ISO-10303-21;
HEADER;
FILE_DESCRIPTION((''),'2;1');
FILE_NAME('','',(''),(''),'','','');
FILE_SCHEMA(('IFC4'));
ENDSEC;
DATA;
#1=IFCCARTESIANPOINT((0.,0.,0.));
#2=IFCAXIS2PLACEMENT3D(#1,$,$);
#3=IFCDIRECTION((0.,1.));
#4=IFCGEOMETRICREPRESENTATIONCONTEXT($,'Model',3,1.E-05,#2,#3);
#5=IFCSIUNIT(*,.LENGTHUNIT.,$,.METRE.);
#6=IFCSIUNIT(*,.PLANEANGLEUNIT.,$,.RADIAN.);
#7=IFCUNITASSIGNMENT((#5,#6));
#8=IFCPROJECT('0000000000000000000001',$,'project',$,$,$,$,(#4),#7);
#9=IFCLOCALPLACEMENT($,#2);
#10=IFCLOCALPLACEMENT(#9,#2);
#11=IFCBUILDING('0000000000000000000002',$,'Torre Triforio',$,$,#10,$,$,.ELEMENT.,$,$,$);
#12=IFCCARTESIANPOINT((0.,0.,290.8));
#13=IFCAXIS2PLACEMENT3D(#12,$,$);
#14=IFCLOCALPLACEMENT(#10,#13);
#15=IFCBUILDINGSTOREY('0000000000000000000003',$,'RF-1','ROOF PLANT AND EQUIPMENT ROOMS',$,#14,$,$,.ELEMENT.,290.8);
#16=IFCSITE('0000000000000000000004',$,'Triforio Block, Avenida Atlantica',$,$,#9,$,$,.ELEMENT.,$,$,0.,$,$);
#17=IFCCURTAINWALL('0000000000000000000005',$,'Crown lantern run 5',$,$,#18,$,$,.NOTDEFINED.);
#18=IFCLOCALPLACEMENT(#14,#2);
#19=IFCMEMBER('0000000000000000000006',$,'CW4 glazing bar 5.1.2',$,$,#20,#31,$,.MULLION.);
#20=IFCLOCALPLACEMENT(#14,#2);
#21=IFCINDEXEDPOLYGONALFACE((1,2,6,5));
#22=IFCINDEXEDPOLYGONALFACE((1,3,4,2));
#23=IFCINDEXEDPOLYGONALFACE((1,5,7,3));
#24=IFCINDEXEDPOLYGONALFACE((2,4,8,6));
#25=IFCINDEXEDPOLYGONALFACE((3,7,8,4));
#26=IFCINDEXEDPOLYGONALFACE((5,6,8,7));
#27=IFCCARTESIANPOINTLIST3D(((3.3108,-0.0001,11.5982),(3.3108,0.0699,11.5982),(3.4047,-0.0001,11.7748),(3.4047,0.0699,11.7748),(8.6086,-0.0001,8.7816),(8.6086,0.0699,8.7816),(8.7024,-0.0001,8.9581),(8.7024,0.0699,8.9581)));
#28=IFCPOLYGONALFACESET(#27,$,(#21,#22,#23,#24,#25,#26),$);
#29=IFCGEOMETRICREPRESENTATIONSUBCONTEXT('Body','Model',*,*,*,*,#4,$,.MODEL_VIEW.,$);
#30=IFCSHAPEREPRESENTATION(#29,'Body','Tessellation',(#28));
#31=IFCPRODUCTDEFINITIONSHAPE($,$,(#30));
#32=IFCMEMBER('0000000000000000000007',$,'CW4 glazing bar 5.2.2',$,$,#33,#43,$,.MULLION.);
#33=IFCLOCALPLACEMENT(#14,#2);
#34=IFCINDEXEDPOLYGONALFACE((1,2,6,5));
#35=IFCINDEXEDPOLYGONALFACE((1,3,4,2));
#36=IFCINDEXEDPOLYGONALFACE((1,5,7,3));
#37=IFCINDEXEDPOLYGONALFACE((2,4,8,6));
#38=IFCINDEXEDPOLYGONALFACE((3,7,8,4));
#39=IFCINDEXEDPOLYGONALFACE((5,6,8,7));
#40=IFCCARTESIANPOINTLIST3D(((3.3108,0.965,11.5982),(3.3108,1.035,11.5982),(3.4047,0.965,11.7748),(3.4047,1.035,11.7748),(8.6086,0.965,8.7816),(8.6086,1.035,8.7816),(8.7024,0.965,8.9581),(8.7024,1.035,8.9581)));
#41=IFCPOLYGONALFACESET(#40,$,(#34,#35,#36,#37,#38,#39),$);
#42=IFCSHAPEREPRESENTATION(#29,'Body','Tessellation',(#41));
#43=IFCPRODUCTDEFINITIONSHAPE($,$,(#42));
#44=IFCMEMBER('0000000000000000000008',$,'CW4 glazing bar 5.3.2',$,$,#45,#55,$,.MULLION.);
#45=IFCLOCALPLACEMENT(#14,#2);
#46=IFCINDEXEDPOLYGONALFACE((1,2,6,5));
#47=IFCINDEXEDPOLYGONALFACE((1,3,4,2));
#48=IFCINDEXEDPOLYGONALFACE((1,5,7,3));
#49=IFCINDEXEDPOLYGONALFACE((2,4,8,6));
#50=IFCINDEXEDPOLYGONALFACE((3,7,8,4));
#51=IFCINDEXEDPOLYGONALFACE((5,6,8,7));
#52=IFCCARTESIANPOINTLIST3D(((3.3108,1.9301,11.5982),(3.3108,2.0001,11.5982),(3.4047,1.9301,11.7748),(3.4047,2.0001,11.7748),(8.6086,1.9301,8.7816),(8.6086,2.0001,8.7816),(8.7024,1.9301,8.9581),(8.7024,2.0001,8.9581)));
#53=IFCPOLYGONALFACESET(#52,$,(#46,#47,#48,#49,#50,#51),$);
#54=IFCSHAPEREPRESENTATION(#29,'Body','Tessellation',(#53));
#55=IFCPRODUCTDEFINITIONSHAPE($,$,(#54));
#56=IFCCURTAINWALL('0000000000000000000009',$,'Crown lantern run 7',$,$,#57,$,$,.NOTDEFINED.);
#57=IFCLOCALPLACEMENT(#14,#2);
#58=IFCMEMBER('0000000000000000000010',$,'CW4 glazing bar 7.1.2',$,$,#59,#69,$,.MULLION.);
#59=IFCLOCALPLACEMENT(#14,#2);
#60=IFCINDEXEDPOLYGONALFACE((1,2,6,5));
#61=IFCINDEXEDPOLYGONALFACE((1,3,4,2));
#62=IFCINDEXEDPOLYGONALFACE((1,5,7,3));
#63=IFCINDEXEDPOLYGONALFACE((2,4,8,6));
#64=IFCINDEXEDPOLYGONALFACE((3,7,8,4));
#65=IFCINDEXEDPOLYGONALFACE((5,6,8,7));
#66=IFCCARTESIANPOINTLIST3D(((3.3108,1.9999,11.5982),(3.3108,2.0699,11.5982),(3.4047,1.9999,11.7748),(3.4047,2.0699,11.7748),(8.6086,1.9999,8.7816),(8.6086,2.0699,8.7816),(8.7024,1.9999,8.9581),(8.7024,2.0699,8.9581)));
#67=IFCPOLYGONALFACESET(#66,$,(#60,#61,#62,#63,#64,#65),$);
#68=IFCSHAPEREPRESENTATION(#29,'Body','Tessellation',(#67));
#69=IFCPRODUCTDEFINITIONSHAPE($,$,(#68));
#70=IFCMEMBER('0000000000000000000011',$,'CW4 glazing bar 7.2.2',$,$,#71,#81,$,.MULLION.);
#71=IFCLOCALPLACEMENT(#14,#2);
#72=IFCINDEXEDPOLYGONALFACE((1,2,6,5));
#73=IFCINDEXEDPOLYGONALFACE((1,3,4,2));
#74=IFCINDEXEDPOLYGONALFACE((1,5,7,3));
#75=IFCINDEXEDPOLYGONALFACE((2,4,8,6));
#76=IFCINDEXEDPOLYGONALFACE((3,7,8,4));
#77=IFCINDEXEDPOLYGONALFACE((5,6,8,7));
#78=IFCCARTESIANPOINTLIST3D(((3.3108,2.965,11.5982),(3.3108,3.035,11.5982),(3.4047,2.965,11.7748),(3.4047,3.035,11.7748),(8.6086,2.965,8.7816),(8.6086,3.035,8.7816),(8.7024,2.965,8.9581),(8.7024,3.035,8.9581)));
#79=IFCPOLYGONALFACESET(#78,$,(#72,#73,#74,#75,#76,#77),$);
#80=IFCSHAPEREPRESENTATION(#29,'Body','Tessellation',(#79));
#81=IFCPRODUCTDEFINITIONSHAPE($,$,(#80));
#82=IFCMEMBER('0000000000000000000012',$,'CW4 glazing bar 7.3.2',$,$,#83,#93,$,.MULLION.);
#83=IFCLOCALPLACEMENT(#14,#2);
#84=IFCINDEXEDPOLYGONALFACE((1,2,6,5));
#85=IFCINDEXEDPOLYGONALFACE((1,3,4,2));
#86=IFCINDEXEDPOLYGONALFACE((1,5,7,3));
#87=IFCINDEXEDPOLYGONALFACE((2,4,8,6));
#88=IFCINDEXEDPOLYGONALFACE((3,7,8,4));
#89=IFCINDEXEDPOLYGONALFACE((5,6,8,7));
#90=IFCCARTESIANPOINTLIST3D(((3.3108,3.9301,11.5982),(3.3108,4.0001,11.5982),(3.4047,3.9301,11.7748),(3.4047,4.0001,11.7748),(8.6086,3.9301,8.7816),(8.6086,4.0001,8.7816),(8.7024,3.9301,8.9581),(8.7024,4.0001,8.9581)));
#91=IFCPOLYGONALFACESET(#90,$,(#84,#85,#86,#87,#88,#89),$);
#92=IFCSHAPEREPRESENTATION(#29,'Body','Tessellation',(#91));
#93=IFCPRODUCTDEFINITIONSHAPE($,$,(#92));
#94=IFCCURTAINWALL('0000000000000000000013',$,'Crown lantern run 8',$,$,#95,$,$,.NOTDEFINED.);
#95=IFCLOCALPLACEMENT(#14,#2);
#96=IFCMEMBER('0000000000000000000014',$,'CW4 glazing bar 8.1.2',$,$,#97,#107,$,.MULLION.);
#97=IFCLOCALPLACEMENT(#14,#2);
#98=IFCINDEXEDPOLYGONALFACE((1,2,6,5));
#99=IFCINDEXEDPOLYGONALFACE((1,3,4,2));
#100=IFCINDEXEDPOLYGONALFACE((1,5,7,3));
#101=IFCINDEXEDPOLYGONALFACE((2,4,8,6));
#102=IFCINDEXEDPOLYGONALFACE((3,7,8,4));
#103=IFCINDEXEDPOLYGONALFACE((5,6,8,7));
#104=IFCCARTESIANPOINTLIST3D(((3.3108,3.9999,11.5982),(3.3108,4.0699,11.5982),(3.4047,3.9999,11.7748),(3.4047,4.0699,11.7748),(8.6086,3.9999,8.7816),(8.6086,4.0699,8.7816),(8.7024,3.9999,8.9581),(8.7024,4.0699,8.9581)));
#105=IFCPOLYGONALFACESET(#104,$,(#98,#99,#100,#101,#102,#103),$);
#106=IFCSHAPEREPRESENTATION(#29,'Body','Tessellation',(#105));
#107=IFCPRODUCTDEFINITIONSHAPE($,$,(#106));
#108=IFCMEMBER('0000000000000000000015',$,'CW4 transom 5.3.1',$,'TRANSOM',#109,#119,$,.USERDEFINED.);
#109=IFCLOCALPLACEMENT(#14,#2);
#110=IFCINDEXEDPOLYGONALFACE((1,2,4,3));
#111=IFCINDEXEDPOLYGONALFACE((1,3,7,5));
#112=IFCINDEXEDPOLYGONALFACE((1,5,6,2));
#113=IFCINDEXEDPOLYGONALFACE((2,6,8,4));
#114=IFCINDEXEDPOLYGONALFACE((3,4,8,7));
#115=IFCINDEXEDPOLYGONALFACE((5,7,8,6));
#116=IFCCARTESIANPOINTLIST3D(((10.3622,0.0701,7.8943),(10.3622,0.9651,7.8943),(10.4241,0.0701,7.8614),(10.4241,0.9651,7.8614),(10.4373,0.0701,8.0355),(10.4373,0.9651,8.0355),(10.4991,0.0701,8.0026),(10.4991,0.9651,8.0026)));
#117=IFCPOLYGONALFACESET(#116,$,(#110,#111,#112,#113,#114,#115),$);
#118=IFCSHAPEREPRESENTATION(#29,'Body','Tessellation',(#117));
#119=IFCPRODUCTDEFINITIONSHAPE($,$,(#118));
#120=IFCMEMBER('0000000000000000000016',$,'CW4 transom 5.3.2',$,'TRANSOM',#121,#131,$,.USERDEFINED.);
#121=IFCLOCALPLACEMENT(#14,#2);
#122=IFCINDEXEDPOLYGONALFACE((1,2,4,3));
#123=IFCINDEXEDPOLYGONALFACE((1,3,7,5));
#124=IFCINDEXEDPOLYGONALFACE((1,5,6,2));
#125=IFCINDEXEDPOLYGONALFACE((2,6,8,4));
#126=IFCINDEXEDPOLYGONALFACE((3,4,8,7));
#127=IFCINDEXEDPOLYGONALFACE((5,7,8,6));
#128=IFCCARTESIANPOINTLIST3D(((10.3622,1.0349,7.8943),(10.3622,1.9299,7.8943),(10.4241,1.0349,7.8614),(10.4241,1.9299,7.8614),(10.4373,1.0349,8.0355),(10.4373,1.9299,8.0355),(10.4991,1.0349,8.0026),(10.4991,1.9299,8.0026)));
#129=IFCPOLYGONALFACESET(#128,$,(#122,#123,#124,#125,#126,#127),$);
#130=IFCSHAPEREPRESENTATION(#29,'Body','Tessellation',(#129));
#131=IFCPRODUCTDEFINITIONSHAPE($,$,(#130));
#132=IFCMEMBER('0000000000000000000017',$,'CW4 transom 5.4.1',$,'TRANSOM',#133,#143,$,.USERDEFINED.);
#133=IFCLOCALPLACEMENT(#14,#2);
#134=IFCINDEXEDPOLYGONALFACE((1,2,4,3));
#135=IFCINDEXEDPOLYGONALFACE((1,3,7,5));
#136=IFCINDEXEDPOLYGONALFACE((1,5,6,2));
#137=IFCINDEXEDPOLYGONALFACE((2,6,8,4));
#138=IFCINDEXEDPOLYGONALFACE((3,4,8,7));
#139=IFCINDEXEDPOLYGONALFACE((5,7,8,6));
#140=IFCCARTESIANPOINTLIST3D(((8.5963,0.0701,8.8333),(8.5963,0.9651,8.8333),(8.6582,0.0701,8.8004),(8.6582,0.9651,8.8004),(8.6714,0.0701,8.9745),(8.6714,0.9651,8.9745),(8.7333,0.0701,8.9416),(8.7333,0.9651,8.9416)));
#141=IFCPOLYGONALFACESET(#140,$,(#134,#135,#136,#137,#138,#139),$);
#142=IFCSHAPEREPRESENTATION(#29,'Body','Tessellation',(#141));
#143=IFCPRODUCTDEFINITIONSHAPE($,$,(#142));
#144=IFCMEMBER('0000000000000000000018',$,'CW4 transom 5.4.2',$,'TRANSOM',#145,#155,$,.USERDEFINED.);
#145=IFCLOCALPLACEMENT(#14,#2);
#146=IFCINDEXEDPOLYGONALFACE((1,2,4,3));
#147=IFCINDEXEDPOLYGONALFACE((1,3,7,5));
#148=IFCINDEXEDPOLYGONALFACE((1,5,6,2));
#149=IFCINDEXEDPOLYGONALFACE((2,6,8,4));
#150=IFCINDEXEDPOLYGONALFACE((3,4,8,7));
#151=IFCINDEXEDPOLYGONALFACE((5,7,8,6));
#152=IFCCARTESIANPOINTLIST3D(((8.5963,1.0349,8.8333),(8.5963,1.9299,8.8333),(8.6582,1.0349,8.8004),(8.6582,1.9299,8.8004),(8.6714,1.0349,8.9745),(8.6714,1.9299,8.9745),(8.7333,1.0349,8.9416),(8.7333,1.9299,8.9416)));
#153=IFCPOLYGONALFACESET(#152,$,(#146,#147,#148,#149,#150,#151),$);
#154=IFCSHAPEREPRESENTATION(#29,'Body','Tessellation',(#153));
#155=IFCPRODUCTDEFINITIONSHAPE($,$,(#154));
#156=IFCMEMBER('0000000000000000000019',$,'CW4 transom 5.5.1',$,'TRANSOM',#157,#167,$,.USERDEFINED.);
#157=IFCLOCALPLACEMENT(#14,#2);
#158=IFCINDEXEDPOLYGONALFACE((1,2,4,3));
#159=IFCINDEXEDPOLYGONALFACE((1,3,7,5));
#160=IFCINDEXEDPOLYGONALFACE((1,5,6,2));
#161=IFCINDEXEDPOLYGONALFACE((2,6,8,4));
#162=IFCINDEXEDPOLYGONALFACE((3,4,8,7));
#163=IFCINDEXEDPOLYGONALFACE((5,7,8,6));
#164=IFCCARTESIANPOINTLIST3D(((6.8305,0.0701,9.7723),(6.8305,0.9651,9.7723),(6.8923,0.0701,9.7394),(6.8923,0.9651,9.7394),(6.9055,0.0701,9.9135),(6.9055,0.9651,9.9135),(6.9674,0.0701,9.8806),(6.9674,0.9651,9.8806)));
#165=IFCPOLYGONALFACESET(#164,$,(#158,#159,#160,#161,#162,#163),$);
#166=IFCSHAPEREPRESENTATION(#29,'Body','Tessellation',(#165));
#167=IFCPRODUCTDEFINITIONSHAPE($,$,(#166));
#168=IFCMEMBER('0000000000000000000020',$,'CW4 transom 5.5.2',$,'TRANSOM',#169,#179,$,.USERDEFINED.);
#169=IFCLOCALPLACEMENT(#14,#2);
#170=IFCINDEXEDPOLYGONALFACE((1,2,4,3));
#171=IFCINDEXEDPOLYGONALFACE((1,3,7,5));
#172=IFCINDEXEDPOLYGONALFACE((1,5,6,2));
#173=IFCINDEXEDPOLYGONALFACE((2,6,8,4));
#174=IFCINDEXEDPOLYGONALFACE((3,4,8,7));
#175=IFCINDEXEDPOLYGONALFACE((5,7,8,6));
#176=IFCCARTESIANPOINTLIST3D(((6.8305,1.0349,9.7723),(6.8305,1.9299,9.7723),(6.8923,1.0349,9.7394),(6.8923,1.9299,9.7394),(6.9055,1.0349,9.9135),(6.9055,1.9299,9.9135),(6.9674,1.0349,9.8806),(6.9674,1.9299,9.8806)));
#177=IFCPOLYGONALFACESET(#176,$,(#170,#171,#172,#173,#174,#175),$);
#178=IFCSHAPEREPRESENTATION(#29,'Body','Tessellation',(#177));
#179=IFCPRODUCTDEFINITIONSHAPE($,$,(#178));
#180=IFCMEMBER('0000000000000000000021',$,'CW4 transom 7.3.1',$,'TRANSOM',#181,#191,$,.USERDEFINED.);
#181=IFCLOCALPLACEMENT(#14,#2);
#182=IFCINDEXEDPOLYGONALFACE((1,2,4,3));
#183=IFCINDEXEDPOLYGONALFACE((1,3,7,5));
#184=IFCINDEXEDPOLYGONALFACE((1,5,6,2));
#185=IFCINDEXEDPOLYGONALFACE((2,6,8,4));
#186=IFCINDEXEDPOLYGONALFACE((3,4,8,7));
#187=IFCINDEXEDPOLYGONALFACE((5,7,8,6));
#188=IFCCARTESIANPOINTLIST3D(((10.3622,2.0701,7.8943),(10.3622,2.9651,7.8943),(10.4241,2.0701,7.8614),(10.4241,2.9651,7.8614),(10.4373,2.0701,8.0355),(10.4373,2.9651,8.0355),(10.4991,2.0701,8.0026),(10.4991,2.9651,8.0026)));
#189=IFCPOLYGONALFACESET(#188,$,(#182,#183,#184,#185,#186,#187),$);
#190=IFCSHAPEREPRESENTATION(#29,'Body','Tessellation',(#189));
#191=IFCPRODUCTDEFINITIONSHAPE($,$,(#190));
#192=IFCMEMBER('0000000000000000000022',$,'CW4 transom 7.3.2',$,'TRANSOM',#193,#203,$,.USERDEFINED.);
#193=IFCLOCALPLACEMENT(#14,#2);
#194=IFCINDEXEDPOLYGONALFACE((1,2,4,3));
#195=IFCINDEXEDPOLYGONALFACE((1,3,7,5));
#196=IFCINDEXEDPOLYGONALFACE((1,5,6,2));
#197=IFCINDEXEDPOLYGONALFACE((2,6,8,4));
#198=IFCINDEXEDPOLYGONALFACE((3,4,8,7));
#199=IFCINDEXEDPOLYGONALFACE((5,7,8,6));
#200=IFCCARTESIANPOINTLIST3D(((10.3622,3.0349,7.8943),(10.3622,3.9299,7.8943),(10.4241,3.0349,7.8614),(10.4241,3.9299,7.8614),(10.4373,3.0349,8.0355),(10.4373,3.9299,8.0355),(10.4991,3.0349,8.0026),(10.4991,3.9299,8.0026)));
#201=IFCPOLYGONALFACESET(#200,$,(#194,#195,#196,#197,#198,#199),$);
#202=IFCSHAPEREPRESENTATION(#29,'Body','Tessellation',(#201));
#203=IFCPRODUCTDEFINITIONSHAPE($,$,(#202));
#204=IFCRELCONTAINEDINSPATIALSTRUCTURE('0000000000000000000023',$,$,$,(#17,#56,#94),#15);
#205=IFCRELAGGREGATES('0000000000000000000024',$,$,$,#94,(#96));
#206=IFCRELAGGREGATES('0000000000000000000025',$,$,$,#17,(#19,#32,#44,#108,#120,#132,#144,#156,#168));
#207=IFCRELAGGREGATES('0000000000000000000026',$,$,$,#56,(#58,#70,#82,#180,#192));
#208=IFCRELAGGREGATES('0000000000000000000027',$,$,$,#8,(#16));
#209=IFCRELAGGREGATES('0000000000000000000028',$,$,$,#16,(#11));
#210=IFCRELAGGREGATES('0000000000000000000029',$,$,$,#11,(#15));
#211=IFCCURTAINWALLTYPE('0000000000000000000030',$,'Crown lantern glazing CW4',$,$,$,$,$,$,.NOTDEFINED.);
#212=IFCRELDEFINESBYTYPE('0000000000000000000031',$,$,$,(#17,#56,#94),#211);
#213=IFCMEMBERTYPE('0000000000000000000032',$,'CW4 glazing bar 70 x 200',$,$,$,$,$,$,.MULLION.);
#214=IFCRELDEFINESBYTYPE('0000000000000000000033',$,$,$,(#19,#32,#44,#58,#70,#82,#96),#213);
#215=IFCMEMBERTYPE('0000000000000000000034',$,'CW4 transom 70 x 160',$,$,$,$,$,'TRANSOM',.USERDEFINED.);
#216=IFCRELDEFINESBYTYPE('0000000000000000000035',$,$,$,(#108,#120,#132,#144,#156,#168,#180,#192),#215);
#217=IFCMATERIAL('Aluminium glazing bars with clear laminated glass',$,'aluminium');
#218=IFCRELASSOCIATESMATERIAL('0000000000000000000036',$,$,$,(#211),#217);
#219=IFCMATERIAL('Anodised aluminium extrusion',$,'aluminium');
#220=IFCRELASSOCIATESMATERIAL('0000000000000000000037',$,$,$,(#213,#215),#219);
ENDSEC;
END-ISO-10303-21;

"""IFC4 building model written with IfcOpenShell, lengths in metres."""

from ifc_helpers import new_model, si_unit, direction, frame, origin, origin_2d, place, context, subcontext, project, spatial, rectangle, extrude, material, material_profile, profile_set, type_object, element, aggregate, save


model = new_model("IFC4")

# Units and contexts
model_context = context("Model", 3, precision=1e-05, world=origin(), true_north=direction((0.0, 1.0)))
body_context = subcontext(model_context, "Body", "Model", "MODEL_VIEW")
ifc_project = project(units=[si_unit("LENGTHUNIT", "METRE"), si_unit("PLANEANGLEUNIT", "RADIAN")], contexts=[model_context])

# Site, building, storey
site_placement = place(None, origin())
site = spatial("IfcSite", under=ifc_project, at=site_placement, Name="Triforio Block, Avenida Atlantica", CompositionType="ELEMENT", RefElevation=0.0)
building_placement = place(site_placement, origin())
building = spatial("IfcBuilding", under=site, at=building_placement, Name="Torre Triforio", CompositionType="ELEMENT")
storey_placement = place(building_placement, frame((0.0, 0.0, 290.8)))
storey = spatial("IfcBuildingStorey", under=building, at=storey_placement, Name="RF-1", Description="ROOF PLANT AND EQUIPMENT ROOMS", CompositionType="ELEMENT", Elevation=290.8)

# Curtain walls, members
ifc_material_1 = material(Name="Aluminium glazing bars with clear laminated glass", Category="aluminium")
curtain_wall_type = type_object("IfcCurtainWallType", Name="Crown lantern glazing CW4", PredefinedType="NOTDEFINED", material=ifc_material_1)
curtain_wall_1_placement = place(storey_placement, origin())
curtain_wall_1 = element("IfcCurtainWall", 1, at=curtain_wall_1_placement, inside=storey, type_object=curtain_wall_type, Name="Crown lantern run 5", PredefinedType="NOTDEFINED")
ifc_material_2 = material(Name="Anodised aluminium extrusion", Category="aluminium")
ifc_material_profile_1 = material_profile(ifc_material_2, rectangle(XDim=0.0701, YDim=0.2, at=origin_2d()), Name="CW4 MULLION 70x200")
ifc_profile_set_1 = profile_set([ifc_material_profile_1], Name="Anodised aluminium extrusion")
member_type_1 = type_object("IfcMemberType", Name="CW4 glazing bar 70 x 200", PredefinedType="MULLION", material=ifc_profile_set_1)
member_1_placement = place(storey_placement, frame((8.6555, 0.0349, 8.8699), z_axis=(-0.882966, 0.0, 0.469437), x_axis=(0.0, -1.0, 0.0)))
member_1 = element("IfcMember", 2, at=member_1_placement, type_object=member_type_1, Name="CW4 glazing bar 5.1.2", PredefinedType="MULLION", context=body_context, shape_type="SweptSolid", body=[
    extrude(rectangle(XDim=0.0701, YDim=0.2, at=origin_2d()), origin(), (0.0, 0.0, 1.0), 6.0),
])
member_2_placement = place(storey_placement, frame((8.6555, 1.0, 8.8699), z_axis=(-0.882966, 0.0, 0.469437), x_axis=(0.0, -1.0, 0.0)))
member_2 = element("IfcMember", 3, at=member_2_placement, type_object=member_type_1, Name="CW4 glazing bar 5.2.2", PredefinedType="MULLION", context=body_context, shape_type="SweptSolid", body=[
    extrude(rectangle(XDim=0.0701, YDim=0.2, at=origin_2d()), origin(), (0.0, 0.0, 1.0), 6.0),
])
member_3_placement = place(storey_placement, frame((8.6555, 1.9651, 8.8699), z_axis=(-0.882966, 0.0, 0.469437), x_axis=(0.0, -1.0, 0.0)))
member_3 = element("IfcMember", 4, at=member_3_placement, type_object=member_type_1, Name="CW4 glazing bar 5.3.2", PredefinedType="MULLION", context=body_context, shape_type="SweptSolid", body=[
    extrude(rectangle(XDim=0.0701, YDim=0.2, at=origin_2d()), origin(), (0.0, 0.0, 1.0), 6.0),
])
curtain_wall_2_placement = place(storey_placement, origin())
curtain_wall_2 = element("IfcCurtainWall", 5, at=curtain_wall_2_placement, inside=storey, type_object=curtain_wall_type, Name="Crown lantern run 7", PredefinedType="NOTDEFINED")
member_4_placement = place(storey_placement, frame((8.6555, 2.0349, 8.8699), z_axis=(-0.882966, 0.0, 0.469437), x_axis=(0.0, -1.0, 0.0)))
member_4 = element("IfcMember", 6, at=member_4_placement, type_object=member_type_1, Name="CW4 glazing bar 7.1.2", PredefinedType="MULLION", context=body_context, shape_type="SweptSolid", body=[
    extrude(rectangle(XDim=0.0701, YDim=0.2, at=origin_2d()), origin(), (0.0, 0.0, 1.0), 6.0),
])
member_5_placement = place(storey_placement, frame((8.6555, 3.0, 8.8699), z_axis=(-0.882966, 0.0, 0.469437), x_axis=(0.0, -1.0, 0.0)))
member_5 = element("IfcMember", 7, at=member_5_placement, type_object=member_type_1, Name="CW4 glazing bar 7.2.2", PredefinedType="MULLION", context=body_context, shape_type="SweptSolid", body=[
    extrude(rectangle(XDim=0.0701, YDim=0.2, at=origin_2d()), origin(), (0.0, 0.0, 1.0), 6.0),
])
member_6_placement = place(storey_placement, frame((8.6555, 3.9651, 8.8699), z_axis=(-0.882966, 0.0, 0.469437), x_axis=(0.0, -1.0, 0.0)))
member_6 = element("IfcMember", 8, at=member_6_placement, type_object=member_type_1, Name="CW4 glazing bar 7.3.2", PredefinedType="MULLION", context=body_context, shape_type="SweptSolid", body=[
    extrude(rectangle(XDim=0.0701, YDim=0.2, at=origin_2d()), origin(), (0.0, 0.0, 1.0), 6.0),
])

# Curtain wall, member
curtain_wall_3_placement = place(storey_placement, origin())
curtain_wall_3 = element("IfcCurtainWall", 9, at=curtain_wall_3_placement, inside=storey, type_object=curtain_wall_type, Name="Crown lantern run 8", PredefinedType="NOTDEFINED")
member_7_placement = place(storey_placement, frame((8.6555, 4.0349, 8.8699), z_axis=(-0.882966, 0.0, 0.469437), x_axis=(0.0, -1.0, 0.0)))
member_7 = element("IfcMember", 10, at=member_7_placement, type_object=member_type_1, Name="CW4 glazing bar 8.1.2", PredefinedType="MULLION", context=body_context, shape_type="SweptSolid", body=[
    extrude(rectangle(XDim=0.0701, YDim=0.2, at=origin_2d()), origin(), (0.0, 0.0, 1.0), 6.0),
])
aggregate(curtain_wall_3, [member_7])

# Members
ifc_material_profile_2 = material_profile(ifc_material_2, rectangle(XDim=0.0701, YDim=0.1599, at=origin_2d()), Name="CW4 TRANSOM 70x160")
ifc_profile_set_2 = profile_set([ifc_material_profile_2], Name="Anodised aluminium extrusion")
member_type_2 = type_object("IfcMemberType", Name="CW4 transom 70 x 160", ElementType="TRANSOM", PredefinedType="USERDEFINED", material=ifc_profile_set_2)
member_8_placement = place(storey_placement, frame((10.4307, 0.0701, 7.9485), z_axis=(0.0, 1.0, 0.0), x_axis=(-0.882948, 0.0, 0.469472)))
member_8 = element("IfcMember", 11, at=member_8_placement, type_object=member_type_2, Name="CW4 transom 5.3.1", ObjectType="TRANSOM", PredefinedType="USERDEFINED", context=body_context, shape_type="SweptSolid", body=[
    extrude(rectangle(XDim=0.0701, YDim=0.1599, at=origin_2d()), origin(), (0.0, 0.0, 1.0), 0.895),
])
member_9_placement = place(storey_placement, frame((10.4307, 1.0349, 7.9485), z_axis=(0.0, 1.0, 0.0), x_axis=(-0.882948, 0.0, 0.469472)))
member_9 = element("IfcMember", 12, at=member_9_placement, type_object=member_type_2, Name="CW4 transom 5.3.2", ObjectType="TRANSOM", PredefinedType="USERDEFINED", context=body_context, shape_type="SweptSolid", body=[
    extrude(rectangle(XDim=0.0701, YDim=0.1599, at=origin_2d()), origin(), (0.0, 0.0, 1.0), 0.895),
])
member_10_placement = place(storey_placement, frame((8.6648, 0.0701, 8.8875), z_axis=(0.0, 1.0, 0.0), x_axis=(-0.882948, 0.0, 0.469472)))
member_10 = element("IfcMember", 13, at=member_10_placement, type_object=member_type_2, Name="CW4 transom 5.4.1", ObjectType="TRANSOM", PredefinedType="USERDEFINED", context=body_context, shape_type="SweptSolid", body=[
    extrude(rectangle(XDim=0.0701, YDim=0.1599, at=origin_2d()), origin(), (0.0, 0.0, 1.0), 0.895),
])
member_11_placement = place(storey_placement, frame((8.6648, 1.0349, 8.8875), z_axis=(0.0, 1.0, 0.0), x_axis=(-0.882948, 0.0, 0.469472)))
member_11 = element("IfcMember", 14, at=member_11_placement, type_object=member_type_2, Name="CW4 transom 5.4.2", ObjectType="TRANSOM", PredefinedType="USERDEFINED", context=body_context, shape_type="SweptSolid", body=[
    extrude(rectangle(XDim=0.0701, YDim=0.1599, at=origin_2d()), origin(), (0.0, 0.0, 1.0), 0.895),
])
member_12_placement = place(storey_placement, frame((6.8989, 0.0701, 9.8264), z_axis=(0.0, 1.0, 0.0), x_axis=(-0.882948, 0.0, 0.469472)))
member_12 = element("IfcMember", 15, at=member_12_placement, type_object=member_type_2, Name="CW4 transom 5.5.1", ObjectType="TRANSOM", PredefinedType="USERDEFINED", context=body_context, shape_type="SweptSolid", body=[
    extrude(rectangle(XDim=0.0701, YDim=0.1599, at=origin_2d()), origin(), (0.0, 0.0, 1.0), 0.895),
])
member_13_placement = place(storey_placement, frame((6.8989, 1.0349, 9.8264), z_axis=(0.0, 1.0, 0.0), x_axis=(-0.882948, 0.0, 0.469472)))
member_13 = element("IfcMember", 16, at=member_13_placement, type_object=member_type_2, Name="CW4 transom 5.5.2", ObjectType="TRANSOM", PredefinedType="USERDEFINED", context=body_context, shape_type="SweptSolid", body=[
    extrude(rectangle(XDim=0.0701, YDim=0.1599, at=origin_2d()), origin(), (0.0, 0.0, 1.0), 0.895),
])
member_14_placement = place(storey_placement, frame((10.4307, 2.0701, 7.9485), z_axis=(0.0, 1.0, 0.0), x_axis=(-0.882948, 0.0, 0.469472)))
member_14 = element("IfcMember", 17, at=member_14_placement, type_object=member_type_2, Name="CW4 transom 7.3.1", ObjectType="TRANSOM", PredefinedType="USERDEFINED", context=body_context, shape_type="SweptSolid", body=[
    extrude(rectangle(XDim=0.0701, YDim=0.1599, at=origin_2d()), origin(), (0.0, 0.0, 1.0), 0.895),
])
member_15_placement = place(storey_placement, frame((10.4307, 3.0349, 7.9485), z_axis=(0.0, 1.0, 0.0), x_axis=(-0.882948, 0.0, 0.469472)))
member_15 = element("IfcMember", 18, at=member_15_placement, type_object=member_type_2, Name="CW4 transom 7.3.2", ObjectType="TRANSOM", PredefinedType="USERDEFINED", context=body_context, shape_type="SweptSolid", body=[
    extrude(rectangle(XDim=0.0701, YDim=0.1599, at=origin_2d()), origin(), (0.0, 0.0, 1.0), 0.895),
])

aggregate(curtain_wall_1, [member_1, member_2, member_3, member_8, member_9, member_10, member_11, member_12, member_13])
aggregate(curtain_wall_2, [member_4, member_5, member_6, member_14, member_15])

save(model, "model.ifc")
